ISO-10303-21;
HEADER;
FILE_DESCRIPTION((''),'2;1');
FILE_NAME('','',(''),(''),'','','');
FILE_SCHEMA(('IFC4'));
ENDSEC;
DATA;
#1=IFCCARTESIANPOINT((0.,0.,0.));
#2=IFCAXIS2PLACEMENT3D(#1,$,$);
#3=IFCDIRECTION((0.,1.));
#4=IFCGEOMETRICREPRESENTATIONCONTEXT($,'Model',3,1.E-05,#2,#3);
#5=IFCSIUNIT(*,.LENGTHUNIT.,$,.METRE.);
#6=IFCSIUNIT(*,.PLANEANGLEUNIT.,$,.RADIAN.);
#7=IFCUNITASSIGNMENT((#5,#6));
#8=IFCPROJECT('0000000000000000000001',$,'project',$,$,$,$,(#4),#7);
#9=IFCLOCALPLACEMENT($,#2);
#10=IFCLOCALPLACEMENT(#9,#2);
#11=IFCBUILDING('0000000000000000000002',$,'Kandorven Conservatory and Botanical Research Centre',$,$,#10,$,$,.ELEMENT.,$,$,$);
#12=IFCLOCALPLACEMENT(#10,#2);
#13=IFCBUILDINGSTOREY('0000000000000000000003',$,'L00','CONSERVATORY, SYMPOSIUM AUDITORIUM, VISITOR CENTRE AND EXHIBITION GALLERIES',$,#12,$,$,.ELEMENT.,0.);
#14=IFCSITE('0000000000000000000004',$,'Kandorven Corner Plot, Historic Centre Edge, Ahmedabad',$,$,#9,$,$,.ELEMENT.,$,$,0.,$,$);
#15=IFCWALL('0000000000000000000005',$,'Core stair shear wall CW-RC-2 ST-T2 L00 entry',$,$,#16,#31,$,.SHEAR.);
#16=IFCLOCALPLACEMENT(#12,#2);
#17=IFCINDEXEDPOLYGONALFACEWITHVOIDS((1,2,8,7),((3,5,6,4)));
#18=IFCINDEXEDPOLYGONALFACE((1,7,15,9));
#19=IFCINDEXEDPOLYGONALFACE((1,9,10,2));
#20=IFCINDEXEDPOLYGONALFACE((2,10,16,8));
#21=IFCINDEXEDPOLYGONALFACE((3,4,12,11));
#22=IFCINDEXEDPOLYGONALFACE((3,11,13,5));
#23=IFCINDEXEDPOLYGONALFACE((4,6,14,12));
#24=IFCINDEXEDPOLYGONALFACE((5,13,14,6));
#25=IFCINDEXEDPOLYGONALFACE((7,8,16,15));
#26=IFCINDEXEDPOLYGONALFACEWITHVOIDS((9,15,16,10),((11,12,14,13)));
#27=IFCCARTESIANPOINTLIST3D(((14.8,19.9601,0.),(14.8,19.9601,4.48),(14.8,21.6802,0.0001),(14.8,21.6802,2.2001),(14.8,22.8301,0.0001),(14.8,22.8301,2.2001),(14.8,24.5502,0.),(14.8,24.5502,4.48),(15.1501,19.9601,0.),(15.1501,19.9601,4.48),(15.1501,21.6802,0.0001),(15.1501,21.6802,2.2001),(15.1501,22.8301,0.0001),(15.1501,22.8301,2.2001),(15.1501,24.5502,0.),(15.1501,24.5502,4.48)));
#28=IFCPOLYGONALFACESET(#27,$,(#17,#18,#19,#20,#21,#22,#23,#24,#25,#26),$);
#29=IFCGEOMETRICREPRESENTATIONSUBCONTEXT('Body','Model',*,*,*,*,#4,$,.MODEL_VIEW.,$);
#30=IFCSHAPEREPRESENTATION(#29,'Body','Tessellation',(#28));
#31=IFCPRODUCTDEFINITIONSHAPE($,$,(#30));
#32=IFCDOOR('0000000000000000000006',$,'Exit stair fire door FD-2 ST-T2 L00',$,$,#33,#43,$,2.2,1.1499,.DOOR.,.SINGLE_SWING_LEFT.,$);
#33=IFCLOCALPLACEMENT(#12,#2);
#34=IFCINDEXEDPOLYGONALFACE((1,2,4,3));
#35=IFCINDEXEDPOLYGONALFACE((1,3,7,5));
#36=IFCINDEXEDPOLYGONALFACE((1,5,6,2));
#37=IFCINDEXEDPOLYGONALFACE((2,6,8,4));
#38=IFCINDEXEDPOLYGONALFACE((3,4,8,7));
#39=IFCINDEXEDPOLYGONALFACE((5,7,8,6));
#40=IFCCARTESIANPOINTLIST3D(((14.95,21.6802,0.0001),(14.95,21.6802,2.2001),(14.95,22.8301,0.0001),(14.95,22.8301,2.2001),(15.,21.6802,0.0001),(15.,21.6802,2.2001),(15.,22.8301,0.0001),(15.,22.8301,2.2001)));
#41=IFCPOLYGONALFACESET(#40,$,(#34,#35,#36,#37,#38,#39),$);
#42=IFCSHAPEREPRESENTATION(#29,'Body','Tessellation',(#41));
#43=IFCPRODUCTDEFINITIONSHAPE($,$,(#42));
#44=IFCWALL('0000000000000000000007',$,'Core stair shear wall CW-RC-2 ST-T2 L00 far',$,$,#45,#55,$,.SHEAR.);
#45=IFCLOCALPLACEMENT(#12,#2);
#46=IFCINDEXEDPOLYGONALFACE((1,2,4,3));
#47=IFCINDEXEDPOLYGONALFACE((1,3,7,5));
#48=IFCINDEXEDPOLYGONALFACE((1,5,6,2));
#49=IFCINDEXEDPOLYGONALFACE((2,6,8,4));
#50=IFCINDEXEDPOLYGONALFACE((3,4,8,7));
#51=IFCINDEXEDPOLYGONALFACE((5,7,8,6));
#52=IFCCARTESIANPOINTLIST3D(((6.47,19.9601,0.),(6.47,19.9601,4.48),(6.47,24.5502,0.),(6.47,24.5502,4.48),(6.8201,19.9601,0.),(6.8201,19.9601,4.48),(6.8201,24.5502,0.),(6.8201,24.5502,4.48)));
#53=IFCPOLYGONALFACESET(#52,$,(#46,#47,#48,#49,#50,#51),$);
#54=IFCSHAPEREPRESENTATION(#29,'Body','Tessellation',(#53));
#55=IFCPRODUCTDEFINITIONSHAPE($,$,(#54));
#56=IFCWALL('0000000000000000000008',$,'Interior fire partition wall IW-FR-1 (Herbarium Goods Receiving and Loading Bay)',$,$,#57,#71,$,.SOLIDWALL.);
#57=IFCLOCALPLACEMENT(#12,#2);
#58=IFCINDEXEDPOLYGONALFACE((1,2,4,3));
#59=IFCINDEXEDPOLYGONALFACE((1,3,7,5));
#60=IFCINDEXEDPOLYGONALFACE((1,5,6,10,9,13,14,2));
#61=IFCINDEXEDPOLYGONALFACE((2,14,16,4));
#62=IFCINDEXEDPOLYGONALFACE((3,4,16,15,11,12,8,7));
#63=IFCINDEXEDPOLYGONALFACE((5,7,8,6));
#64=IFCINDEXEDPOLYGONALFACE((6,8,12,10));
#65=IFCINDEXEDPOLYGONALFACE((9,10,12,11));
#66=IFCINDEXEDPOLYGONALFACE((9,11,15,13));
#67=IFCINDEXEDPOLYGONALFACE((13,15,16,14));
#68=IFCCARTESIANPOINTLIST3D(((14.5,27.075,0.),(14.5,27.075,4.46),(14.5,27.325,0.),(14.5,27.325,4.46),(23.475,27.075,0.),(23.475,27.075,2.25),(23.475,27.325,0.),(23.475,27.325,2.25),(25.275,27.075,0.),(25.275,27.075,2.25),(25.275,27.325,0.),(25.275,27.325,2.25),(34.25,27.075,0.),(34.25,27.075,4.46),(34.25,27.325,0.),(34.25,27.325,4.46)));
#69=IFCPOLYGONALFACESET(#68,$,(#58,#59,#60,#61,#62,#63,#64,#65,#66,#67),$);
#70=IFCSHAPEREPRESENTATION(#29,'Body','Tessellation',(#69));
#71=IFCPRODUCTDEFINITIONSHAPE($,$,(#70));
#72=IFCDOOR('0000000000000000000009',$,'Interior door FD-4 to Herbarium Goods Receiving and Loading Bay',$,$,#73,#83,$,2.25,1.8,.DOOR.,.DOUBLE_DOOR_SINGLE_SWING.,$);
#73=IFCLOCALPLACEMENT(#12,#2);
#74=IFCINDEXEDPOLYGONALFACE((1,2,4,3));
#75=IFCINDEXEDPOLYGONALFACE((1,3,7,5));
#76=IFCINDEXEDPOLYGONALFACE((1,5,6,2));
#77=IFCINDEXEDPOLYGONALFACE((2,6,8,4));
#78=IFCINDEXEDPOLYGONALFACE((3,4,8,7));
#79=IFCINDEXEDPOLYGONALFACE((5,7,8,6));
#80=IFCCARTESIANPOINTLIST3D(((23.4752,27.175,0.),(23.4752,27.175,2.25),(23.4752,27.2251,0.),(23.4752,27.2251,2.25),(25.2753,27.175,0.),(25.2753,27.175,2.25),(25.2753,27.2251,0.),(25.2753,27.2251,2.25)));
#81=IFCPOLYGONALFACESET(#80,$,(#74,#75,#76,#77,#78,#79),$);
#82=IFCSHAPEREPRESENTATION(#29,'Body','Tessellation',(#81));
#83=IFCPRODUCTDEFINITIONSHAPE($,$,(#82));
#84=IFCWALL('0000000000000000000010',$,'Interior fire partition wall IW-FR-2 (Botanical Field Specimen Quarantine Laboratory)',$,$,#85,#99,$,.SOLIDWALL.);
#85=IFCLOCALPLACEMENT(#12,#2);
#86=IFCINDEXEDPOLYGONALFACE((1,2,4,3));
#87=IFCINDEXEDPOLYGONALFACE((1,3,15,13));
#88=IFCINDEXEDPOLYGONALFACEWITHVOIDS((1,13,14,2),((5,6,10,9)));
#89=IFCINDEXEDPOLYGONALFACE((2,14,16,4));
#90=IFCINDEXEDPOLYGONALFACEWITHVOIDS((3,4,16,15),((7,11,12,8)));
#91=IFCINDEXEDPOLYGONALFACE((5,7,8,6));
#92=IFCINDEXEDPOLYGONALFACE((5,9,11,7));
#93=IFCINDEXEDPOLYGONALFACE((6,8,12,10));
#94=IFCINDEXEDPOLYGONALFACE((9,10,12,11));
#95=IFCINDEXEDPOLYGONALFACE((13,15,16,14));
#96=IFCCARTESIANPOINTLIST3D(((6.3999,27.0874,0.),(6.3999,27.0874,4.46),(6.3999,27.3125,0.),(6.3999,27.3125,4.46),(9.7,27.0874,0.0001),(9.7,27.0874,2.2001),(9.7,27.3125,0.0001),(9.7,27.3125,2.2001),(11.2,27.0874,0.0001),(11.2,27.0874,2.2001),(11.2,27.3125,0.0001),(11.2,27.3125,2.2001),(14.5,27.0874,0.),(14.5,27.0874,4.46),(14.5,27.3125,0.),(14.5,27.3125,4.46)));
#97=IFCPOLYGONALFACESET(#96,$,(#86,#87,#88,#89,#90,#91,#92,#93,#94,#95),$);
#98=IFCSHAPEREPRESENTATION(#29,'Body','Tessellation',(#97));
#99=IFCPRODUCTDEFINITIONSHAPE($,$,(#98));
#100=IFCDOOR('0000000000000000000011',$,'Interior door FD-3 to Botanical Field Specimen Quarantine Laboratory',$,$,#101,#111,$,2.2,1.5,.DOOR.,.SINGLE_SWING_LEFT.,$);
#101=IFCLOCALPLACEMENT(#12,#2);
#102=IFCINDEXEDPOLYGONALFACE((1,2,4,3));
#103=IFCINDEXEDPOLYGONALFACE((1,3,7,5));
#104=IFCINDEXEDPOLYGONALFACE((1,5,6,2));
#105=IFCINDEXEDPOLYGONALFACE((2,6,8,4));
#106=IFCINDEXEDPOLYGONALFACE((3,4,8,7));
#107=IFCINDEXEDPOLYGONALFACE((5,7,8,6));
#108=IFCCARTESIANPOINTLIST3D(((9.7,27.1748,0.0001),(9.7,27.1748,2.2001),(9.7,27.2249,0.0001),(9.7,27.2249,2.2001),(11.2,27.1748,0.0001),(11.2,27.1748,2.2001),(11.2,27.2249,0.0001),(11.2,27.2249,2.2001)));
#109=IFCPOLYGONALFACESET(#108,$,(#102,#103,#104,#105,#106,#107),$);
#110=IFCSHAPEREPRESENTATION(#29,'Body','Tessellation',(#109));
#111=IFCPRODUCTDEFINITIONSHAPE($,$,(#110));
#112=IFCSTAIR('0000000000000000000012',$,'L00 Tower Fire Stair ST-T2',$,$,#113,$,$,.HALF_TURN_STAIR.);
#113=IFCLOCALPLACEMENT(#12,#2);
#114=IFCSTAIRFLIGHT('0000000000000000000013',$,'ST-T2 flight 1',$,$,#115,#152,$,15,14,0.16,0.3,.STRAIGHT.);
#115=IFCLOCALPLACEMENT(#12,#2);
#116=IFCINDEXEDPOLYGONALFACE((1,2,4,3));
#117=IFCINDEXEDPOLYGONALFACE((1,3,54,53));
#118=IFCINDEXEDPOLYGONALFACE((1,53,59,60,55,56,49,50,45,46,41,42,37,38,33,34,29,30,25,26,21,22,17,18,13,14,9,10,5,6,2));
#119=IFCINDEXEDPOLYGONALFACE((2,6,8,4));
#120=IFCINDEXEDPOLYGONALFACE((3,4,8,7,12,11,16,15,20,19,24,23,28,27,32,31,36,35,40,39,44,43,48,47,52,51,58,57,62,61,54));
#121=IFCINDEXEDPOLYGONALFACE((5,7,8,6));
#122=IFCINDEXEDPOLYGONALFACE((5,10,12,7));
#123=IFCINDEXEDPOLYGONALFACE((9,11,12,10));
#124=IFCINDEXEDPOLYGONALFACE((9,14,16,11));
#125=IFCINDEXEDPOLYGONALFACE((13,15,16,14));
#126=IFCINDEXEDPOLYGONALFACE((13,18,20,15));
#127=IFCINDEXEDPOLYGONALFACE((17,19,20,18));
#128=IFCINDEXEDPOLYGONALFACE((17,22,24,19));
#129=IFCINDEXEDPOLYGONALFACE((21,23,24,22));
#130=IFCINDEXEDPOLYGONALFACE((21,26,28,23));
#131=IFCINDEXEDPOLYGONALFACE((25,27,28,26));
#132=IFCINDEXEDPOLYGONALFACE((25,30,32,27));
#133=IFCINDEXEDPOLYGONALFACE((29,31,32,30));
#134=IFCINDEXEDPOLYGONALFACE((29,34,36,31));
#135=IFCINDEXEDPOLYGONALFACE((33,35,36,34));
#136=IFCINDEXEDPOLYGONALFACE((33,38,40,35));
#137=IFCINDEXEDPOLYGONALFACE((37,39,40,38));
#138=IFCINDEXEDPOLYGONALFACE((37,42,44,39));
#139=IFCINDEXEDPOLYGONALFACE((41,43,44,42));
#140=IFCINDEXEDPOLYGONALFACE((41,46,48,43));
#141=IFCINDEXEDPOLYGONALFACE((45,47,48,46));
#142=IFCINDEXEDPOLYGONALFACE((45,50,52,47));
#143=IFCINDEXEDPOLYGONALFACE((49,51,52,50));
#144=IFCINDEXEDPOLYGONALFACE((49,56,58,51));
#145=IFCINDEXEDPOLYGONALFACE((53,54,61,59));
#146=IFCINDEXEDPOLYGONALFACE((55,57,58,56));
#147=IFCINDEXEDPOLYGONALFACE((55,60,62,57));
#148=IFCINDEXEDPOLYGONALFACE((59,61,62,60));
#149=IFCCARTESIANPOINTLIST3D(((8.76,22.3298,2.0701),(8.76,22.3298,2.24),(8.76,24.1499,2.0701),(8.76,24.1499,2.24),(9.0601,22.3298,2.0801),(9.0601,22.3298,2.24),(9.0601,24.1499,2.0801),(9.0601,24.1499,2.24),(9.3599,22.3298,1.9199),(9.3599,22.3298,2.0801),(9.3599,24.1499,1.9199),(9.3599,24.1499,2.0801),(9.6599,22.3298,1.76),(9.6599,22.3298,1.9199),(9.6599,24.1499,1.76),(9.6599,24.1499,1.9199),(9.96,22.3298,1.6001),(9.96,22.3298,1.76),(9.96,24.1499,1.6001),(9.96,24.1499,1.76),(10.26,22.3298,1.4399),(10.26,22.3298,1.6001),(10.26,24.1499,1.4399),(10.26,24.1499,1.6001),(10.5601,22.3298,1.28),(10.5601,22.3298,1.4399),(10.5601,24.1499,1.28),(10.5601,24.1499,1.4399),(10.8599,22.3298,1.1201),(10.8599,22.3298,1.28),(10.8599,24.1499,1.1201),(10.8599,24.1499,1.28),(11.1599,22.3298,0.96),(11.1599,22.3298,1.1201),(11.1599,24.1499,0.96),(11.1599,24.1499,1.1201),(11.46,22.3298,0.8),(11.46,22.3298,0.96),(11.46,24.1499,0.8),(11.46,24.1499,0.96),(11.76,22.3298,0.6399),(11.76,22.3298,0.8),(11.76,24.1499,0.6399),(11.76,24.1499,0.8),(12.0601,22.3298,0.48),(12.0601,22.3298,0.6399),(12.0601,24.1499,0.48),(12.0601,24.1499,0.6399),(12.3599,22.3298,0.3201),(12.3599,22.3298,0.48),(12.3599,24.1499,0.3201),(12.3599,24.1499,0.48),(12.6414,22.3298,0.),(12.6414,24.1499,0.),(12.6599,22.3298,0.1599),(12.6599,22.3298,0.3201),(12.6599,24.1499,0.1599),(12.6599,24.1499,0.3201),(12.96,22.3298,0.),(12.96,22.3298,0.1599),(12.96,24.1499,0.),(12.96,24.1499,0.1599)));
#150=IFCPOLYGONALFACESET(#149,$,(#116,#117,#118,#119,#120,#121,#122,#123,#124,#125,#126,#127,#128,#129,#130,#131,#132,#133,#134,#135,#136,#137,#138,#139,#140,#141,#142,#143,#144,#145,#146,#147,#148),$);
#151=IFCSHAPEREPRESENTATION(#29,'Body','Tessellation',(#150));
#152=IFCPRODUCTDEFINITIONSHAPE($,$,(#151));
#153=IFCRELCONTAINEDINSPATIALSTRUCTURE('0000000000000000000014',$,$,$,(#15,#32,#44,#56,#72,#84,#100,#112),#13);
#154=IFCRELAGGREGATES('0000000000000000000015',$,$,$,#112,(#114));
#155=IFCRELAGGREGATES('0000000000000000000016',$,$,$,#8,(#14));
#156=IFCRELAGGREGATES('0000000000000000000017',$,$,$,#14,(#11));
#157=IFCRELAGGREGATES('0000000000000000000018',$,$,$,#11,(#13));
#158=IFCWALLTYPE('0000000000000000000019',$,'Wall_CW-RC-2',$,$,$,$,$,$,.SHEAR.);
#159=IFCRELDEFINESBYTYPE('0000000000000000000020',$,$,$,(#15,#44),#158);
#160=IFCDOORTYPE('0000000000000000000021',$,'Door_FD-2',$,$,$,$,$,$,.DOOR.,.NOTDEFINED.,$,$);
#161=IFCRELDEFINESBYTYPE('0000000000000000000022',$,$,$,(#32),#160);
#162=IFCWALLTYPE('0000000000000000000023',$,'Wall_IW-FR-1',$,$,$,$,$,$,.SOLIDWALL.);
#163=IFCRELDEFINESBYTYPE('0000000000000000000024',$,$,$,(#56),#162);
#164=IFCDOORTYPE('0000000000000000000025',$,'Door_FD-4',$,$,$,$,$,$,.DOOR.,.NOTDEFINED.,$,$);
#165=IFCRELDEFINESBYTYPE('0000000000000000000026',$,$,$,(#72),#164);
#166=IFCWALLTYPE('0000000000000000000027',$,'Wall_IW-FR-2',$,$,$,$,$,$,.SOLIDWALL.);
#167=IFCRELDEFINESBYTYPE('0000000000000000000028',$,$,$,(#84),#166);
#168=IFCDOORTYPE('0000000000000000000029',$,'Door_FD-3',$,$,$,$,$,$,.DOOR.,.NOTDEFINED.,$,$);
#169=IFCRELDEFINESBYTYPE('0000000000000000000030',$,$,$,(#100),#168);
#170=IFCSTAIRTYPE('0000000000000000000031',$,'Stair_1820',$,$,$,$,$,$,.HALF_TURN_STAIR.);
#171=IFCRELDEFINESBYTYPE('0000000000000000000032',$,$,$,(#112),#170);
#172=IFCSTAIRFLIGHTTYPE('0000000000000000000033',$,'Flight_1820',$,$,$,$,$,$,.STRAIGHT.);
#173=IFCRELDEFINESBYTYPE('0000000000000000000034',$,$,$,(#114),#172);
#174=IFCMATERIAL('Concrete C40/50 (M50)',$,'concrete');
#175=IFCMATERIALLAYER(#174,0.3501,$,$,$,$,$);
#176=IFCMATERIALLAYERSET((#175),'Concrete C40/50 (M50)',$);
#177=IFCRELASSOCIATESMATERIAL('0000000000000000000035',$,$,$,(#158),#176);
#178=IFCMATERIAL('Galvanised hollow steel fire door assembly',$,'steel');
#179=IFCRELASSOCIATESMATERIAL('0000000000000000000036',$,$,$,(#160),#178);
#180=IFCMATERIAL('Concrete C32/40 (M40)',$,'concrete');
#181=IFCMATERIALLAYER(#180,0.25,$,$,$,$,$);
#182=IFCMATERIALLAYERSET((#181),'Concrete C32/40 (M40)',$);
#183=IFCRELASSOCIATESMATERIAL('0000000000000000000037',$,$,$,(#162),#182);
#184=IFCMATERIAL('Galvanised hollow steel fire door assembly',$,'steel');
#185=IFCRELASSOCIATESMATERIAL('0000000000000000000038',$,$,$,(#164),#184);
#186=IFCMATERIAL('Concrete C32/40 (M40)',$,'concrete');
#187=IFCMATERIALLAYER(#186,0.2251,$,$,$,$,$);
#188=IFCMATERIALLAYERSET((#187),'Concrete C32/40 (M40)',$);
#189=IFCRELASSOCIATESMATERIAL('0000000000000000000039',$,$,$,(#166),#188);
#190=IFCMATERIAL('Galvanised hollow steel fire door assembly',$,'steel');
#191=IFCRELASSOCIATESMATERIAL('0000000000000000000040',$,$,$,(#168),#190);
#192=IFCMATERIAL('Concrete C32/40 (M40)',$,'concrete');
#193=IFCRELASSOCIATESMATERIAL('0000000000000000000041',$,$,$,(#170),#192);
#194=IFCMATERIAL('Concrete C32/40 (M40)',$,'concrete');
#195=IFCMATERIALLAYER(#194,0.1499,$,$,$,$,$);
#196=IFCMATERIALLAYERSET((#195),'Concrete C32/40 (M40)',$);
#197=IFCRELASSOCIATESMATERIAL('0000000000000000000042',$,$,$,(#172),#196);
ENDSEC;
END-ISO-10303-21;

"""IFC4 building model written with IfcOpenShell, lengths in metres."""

from ifc_helpers import new_model, si_unit, direction, frame, frame_2d, origin, place, context, subcontext, project, spatial, polyline, rectangle, outline, extrude, material, layer, layer_set, type_object, element, fill, aggregate, save


model = new_model("IFC4")

# Units and contexts
model_context = context("Model", 3, precision=1e-05, world=origin(), true_north=direction((0.0, 1.0)))
body_context = subcontext(model_context, "Body", "Model", "MODEL_VIEW")
ifc_project = project(units=[si_unit("LENGTHUNIT", "METRE"), si_unit("PLANEANGLEUNIT", "RADIAN")], contexts=[model_context])

# Site, building, storey
site_placement = place(None, origin())
site = spatial("IfcSite", under=ifc_project, at=site_placement, Name="Kandorven Corner Plot, Historic Centre Edge, Ahmedabad", CompositionType="ELEMENT", RefElevation=0.0)
building_placement = place(site_placement, origin())
building = spatial("IfcBuilding", under=site, at=building_placement, Name="Kandorven Conservatory and Botanical Research Centre", CompositionType="ELEMENT")
storey_placement = place(building_placement, origin())
storey = spatial("IfcBuildingStorey", under=building, at=storey_placement, Name="L00", Description="CONSERVATORY, SYMPOSIUM AUDITORIUM, VISITOR CENTRE AND EXHIBITION GALLERIES", CompositionType="ELEMENT", Elevation=0.0)

# Wall, opening, door
ifc_material_1 = material(Name="Concrete C40/50 (M50)", Category="concrete")
ifc_layer_1 = layer(ifc_material_1, 0.3501)
ifc_layer_set_1 = layer_set([ifc_layer_1], Name="Concrete C40/50 (M50)")
wall_type_1 = type_object("IfcWallType", Name="Wall_CW-RC-2", PredefinedType="SHEAR", material=ifc_layer_set_1)
wall_1_placement = place(storey_placement, frame((14.9751, 24.55, 0.0), z_axis=(0.0, 0.0, 1.0), x_axis=(0.0, -1.0, 0.0)))
wall_1 = element("IfcWall", 1, at=wall_1_placement, inside=storey, type_object=wall_type_1, Name="Core stair shear wall CW-RC-2 ST-T2 L00 entry", PredefinedType="SHEAR", context=body_context, shape_type="SweptSolid", body=[
    extrude(rectangle(XDim=4.5901, YDim=0.3501, at=frame_2d((2.2949, 0.0))), origin(), (0.0, 0.0, 1.0), 4.48),
])
opening_1_placement = place(wall_1_placement, frame((1.72, 0.0, 0.0)))
opening_1 = element("IfcOpeningElement", 2, at=opening_1_placement, cuts=wall_1, PredefinedType="OPENING", context=body_context, shape_type="SweptSolid", body=[
    extrude(rectangle(XDim=1.1499, YDim=2.2, at=frame_2d((0.575, 1.1001))), frame((0.0, 0.1851, 0.0), z_axis=(0.0, -1.0, 0.0), x_axis=(1.0, 0.0, 0.0)), (0.0, 0.0, 1.0), 0.3701),
])
ifc_material_2 = material(Name="Galvanised hollow steel fire door assembly", Category="steel")
door_type_1 = type_object("IfcDoorType", Name="Door_FD-2", OperationType="NOTDEFINED", PredefinedType="DOOR", material=ifc_material_2)
door_1_placement = place(opening_1_placement, origin())
door_1 = element("IfcDoor", 3, at=door_1_placement, inside=storey, type_object=door_type_1, Name="Exit stair fire door FD-2 ST-T2 L00", OperationType="SINGLE_SWING_LEFT", OverallHeight=2.2, OverallWidth=1.1499, PredefinedType="DOOR", context=body_context, shape_type="SweptSolid", body=[
    extrude(rectangle(XDim=1.1499, YDim=2.2, at=frame_2d((0.575, 1.1001))), frame((0.0, 0.0249, 0.0), z_axis=(0.0, -1.0, 0.0), x_axis=(1.0, 0.0, 0.0)), (0.0, 0.0, 1.0), 0.05),
])
fill(opening_1, door_1)

# Wall
wall_2_placement = place(storey_placement, frame((6.645, 24.55, 0.0), z_axis=(0.0, 0.0, 1.0), x_axis=(0.0, -1.0, 0.0)))
element("IfcWall", 4, at=wall_2_placement, inside=storey, type_object=wall_type_1, Name="Core stair shear wall CW-RC-2 ST-T2 L00 far", PredefinedType="SHEAR", context=body_context, shape_type="SweptSolid", body=[
    extrude(rectangle(XDim=4.5901, YDim=0.3501, at=frame_2d((2.2949, 0.0))), origin(), (0.0, 0.0, 1.0), 4.48),
])

# Walls, openings, doors
ifc_material_3 = material(Name="Concrete C32/40 (M40)", Category="concrete")
ifc_layer_2 = layer(ifc_material_3, 0.25)
ifc_layer_set_2 = layer_set([ifc_layer_2], Name="Concrete C32/40 (M40)")
wall_type_2 = type_object("IfcWallType", Name="Wall_IW-FR-1", PredefinedType="SOLIDWALL", material=ifc_layer_set_2)
wall_3_placement = place(storey_placement, frame((14.5, 27.2, 0.0), z_axis=(0.0, 0.0, 1.0), x_axis=(1.0, 0.0, 0.0)))
wall_3 = element("IfcWall", 5, at=wall_3_placement, inside=storey, type_object=wall_type_2, Name="Interior fire partition wall IW-FR-1 (Herbarium Goods Receiving and Loading Bay)", PredefinedType="SOLIDWALL", context=body_context, shape_type="SweptSolid", body=[
    extrude(rectangle(XDim=19.75, YDim=0.25, at=frame_2d((9.875, 0.0))), origin(), (0.0, 0.0, 1.0), 4.46),
])
opening_2_placement = place(wall_3_placement, frame((8.9751, 0.0, 0.0)))
opening_2 = element("IfcOpeningElement", 6, at=opening_2_placement, cuts=wall_3, PredefinedType="OPENING", context=body_context, shape_type="SweptSolid", body=[
    extrude(rectangle(XDim=1.8, YDim=2.25, at=frame_2d((0.8999, 1.125))), frame((0.0, 0.135, 0.0), z_axis=(0.0, -1.0, 0.0), x_axis=(1.0, 0.0, 0.0)), (0.0, 0.0, 1.0), 0.27),
])
ifc_material_4 = material(Name="Galvanised hollow steel fire door assembly", Category="steel")
door_type_2 = type_object("IfcDoorType", Name="Door_FD-4", OperationType="NOTDEFINED", PredefinedType="DOOR", material=ifc_material_4)
door_2_placement = place(opening_2_placement, frame((1.8, 0.0, 0.0), z_axis=(0.0, 0.0, 1.0), x_axis=(-1.0, 0.0, 0.0)))
door_2 = element("IfcDoor", 7, at=door_2_placement, inside=storey, type_object=door_type_2, Name="Interior door FD-4 to Herbarium Goods Receiving and Loading Bay", OperationType="DOUBLE_DOOR_SINGLE_SWING", OverallHeight=2.25, OverallWidth=1.8, PredefinedType="DOOR", context=body_context, shape_type="SweptSolid", body=[
    extrude(rectangle(XDim=1.8, YDim=2.25, at=frame_2d((0.8999, 1.125))), frame((0.0, 0.0249, 0.0), z_axis=(0.0, -1.0, 0.0), x_axis=(1.0, 0.0, 0.0)), (0.0, 0.0, 1.0), 0.05),
])
fill(opening_2, door_2)
ifc_material_5 = material(Name="Concrete C32/40 (M40)", Category="concrete")
ifc_layer_3 = layer(ifc_material_5, 0.2251)
ifc_layer_set_3 = layer_set([ifc_layer_3], Name="Concrete C32/40 (M40)")
wall_type_3 = type_object("IfcWallType", Name="Wall_IW-FR-2", PredefinedType="SOLIDWALL", material=ifc_layer_set_3)
wall_4_placement = place(storey_placement, frame((6.3999, 27.2, 0.0), z_axis=(0.0, 0.0, 1.0), x_axis=(1.0, 0.0, 0.0)))
wall_4 = element("IfcWall", 8, at=wall_4_placement, inside=storey, type_object=wall_type_3, Name="Interior fire partition wall IW-FR-2 (Botanical Field Specimen Quarantine Laboratory)", PredefinedType="SOLIDWALL", context=body_context, shape_type="SweptSolid", body=[
    extrude(rectangle(XDim=8.1001, YDim=0.2251, at=frame_2d((4.05, 0.0))), origin(), (0.0, 0.0, 1.0), 4.46),
])
opening_3_placement = place(wall_4_placement, frame((3.3, 0.0, 0.0)))
opening_3 = element("IfcOpeningElement", 9, at=opening_3_placement, cuts=wall_4, PredefinedType="OPENING", context=body_context, shape_type="SweptSolid", body=[
    extrude(rectangle(XDim=1.5, YDim=2.2, at=frame_2d((0.75, 1.1001))), frame((0.0, 0.1226, 0.0), z_axis=(0.0, -1.0, 0.0), x_axis=(1.0, 0.0, 0.0)), (0.0, 0.0, 1.0), 0.2451),
])
ifc_material_6 = material(Name="Galvanised hollow steel fire door assembly", Category="steel")
door_type_3 = type_object("IfcDoorType", Name="Door_FD-3", OperationType="NOTDEFINED", PredefinedType="DOOR", material=ifc_material_6)
door_3_placement = place(opening_3_placement, origin())
door_3 = element("IfcDoor", 10, at=door_3_placement, inside=storey, type_object=door_type_3, Name="Interior door FD-3 to Botanical Field Specimen Quarantine Laboratory", OperationType="SINGLE_SWING_LEFT", OverallHeight=2.2, OverallWidth=1.5, PredefinedType="DOOR", context=body_context, shape_type="SweptSolid", body=[
    extrude(rectangle(XDim=1.5, YDim=2.2, at=frame_2d((0.75, 1.1001))), frame((0.0, 0.0249, 0.0), z_axis=(0.0, -1.0, 0.0), x_axis=(1.0, 0.0, 0.0)), (0.0, 0.0, 1.0), 0.05),
])
fill(opening_3, door_3)

# Stair, stair flight
ifc_material_7 = material(Name="Concrete C32/40 (M40)", Category="concrete")
stair_type = type_object("IfcStairType", Name="Stair_1820", PredefinedType="HALF_TURN_STAIR", material=ifc_material_7)
stair_placement = place(storey_placement, origin())
stair = element("IfcStair", 11, at=stair_placement, inside=storey, type_object=stair_type, Name="L00 Tower Fire Stair ST-T2", PredefinedType="HALF_TURN_STAIR")
ifc_material_8 = material(Name="Concrete C32/40 (M40)", Category="concrete")
ifc_layer_4 = layer(ifc_material_8, 0.1499)
ifc_layer_set_4 = layer_set([ifc_layer_4], Name="Concrete C32/40 (M40)")
stair_flight_type = type_object("IfcStairFlightType", Name="Flight_1820", PredefinedType="STRAIGHT", material=ifc_layer_set_4)
stair_flight_1_placement = place(storey_placement, frame((12.96, 23.24, 0.0), z_axis=(0.0, 0.0, 1.0), x_axis=(-1.0, 0.0, 0.0)))
stair_flight_1 = element("IfcStairFlight", 12, at=stair_flight_1_placement, type_object=stair_flight_type, Name="ST-T2 flight 1", NumberOfRisers=15, NumberOfTreads=14, PredefinedType="STRAIGHT", RiserHeight=0.16, TreadLength=0.3, context=body_context, shape_type="SweptSolid", body=[
    extrude(outline(polyline([(0.0, 0.0), (0.0, 0.1599), (0.3, 0.1599), (0.3, 0.3201), (0.6001, 0.3201), (0.6001, 0.48), (0.8999, 0.48), (0.8999, 0.6399), (1.2, 0.6399), (1.2, 0.8), (1.5, 0.8), (1.5, 0.96), (1.8, 0.96), (1.8, 1.1201), (2.1001, 1.1201), (2.1001, 1.28), (2.3999, 1.28), (2.3999, 1.4399), (2.7, 1.4399), (2.7, 1.6001), (3.0, 1.6001), (3.0, 1.76), (3.3, 1.76), (3.3, 1.9199), (3.6001, 1.9199), (3.6001, 2.0801), (3.8999, 2.0801), (3.8999, 2.24), (4.2, 2.24), (4.2, 2.3999), (4.2, 2.0701), (0.3186, 0.0), (0.0, 0.0)])), frame((0.0, 0.9102, 0.0), z_axis=(0.0, -1.0, 0.0), x_axis=(1.0, 0.0, 0.0)), (0.0, 0.0, 1.0), 1.8201),
])
aggregate(stair, [stair_flight_1])

save(model, "model.ifc")
